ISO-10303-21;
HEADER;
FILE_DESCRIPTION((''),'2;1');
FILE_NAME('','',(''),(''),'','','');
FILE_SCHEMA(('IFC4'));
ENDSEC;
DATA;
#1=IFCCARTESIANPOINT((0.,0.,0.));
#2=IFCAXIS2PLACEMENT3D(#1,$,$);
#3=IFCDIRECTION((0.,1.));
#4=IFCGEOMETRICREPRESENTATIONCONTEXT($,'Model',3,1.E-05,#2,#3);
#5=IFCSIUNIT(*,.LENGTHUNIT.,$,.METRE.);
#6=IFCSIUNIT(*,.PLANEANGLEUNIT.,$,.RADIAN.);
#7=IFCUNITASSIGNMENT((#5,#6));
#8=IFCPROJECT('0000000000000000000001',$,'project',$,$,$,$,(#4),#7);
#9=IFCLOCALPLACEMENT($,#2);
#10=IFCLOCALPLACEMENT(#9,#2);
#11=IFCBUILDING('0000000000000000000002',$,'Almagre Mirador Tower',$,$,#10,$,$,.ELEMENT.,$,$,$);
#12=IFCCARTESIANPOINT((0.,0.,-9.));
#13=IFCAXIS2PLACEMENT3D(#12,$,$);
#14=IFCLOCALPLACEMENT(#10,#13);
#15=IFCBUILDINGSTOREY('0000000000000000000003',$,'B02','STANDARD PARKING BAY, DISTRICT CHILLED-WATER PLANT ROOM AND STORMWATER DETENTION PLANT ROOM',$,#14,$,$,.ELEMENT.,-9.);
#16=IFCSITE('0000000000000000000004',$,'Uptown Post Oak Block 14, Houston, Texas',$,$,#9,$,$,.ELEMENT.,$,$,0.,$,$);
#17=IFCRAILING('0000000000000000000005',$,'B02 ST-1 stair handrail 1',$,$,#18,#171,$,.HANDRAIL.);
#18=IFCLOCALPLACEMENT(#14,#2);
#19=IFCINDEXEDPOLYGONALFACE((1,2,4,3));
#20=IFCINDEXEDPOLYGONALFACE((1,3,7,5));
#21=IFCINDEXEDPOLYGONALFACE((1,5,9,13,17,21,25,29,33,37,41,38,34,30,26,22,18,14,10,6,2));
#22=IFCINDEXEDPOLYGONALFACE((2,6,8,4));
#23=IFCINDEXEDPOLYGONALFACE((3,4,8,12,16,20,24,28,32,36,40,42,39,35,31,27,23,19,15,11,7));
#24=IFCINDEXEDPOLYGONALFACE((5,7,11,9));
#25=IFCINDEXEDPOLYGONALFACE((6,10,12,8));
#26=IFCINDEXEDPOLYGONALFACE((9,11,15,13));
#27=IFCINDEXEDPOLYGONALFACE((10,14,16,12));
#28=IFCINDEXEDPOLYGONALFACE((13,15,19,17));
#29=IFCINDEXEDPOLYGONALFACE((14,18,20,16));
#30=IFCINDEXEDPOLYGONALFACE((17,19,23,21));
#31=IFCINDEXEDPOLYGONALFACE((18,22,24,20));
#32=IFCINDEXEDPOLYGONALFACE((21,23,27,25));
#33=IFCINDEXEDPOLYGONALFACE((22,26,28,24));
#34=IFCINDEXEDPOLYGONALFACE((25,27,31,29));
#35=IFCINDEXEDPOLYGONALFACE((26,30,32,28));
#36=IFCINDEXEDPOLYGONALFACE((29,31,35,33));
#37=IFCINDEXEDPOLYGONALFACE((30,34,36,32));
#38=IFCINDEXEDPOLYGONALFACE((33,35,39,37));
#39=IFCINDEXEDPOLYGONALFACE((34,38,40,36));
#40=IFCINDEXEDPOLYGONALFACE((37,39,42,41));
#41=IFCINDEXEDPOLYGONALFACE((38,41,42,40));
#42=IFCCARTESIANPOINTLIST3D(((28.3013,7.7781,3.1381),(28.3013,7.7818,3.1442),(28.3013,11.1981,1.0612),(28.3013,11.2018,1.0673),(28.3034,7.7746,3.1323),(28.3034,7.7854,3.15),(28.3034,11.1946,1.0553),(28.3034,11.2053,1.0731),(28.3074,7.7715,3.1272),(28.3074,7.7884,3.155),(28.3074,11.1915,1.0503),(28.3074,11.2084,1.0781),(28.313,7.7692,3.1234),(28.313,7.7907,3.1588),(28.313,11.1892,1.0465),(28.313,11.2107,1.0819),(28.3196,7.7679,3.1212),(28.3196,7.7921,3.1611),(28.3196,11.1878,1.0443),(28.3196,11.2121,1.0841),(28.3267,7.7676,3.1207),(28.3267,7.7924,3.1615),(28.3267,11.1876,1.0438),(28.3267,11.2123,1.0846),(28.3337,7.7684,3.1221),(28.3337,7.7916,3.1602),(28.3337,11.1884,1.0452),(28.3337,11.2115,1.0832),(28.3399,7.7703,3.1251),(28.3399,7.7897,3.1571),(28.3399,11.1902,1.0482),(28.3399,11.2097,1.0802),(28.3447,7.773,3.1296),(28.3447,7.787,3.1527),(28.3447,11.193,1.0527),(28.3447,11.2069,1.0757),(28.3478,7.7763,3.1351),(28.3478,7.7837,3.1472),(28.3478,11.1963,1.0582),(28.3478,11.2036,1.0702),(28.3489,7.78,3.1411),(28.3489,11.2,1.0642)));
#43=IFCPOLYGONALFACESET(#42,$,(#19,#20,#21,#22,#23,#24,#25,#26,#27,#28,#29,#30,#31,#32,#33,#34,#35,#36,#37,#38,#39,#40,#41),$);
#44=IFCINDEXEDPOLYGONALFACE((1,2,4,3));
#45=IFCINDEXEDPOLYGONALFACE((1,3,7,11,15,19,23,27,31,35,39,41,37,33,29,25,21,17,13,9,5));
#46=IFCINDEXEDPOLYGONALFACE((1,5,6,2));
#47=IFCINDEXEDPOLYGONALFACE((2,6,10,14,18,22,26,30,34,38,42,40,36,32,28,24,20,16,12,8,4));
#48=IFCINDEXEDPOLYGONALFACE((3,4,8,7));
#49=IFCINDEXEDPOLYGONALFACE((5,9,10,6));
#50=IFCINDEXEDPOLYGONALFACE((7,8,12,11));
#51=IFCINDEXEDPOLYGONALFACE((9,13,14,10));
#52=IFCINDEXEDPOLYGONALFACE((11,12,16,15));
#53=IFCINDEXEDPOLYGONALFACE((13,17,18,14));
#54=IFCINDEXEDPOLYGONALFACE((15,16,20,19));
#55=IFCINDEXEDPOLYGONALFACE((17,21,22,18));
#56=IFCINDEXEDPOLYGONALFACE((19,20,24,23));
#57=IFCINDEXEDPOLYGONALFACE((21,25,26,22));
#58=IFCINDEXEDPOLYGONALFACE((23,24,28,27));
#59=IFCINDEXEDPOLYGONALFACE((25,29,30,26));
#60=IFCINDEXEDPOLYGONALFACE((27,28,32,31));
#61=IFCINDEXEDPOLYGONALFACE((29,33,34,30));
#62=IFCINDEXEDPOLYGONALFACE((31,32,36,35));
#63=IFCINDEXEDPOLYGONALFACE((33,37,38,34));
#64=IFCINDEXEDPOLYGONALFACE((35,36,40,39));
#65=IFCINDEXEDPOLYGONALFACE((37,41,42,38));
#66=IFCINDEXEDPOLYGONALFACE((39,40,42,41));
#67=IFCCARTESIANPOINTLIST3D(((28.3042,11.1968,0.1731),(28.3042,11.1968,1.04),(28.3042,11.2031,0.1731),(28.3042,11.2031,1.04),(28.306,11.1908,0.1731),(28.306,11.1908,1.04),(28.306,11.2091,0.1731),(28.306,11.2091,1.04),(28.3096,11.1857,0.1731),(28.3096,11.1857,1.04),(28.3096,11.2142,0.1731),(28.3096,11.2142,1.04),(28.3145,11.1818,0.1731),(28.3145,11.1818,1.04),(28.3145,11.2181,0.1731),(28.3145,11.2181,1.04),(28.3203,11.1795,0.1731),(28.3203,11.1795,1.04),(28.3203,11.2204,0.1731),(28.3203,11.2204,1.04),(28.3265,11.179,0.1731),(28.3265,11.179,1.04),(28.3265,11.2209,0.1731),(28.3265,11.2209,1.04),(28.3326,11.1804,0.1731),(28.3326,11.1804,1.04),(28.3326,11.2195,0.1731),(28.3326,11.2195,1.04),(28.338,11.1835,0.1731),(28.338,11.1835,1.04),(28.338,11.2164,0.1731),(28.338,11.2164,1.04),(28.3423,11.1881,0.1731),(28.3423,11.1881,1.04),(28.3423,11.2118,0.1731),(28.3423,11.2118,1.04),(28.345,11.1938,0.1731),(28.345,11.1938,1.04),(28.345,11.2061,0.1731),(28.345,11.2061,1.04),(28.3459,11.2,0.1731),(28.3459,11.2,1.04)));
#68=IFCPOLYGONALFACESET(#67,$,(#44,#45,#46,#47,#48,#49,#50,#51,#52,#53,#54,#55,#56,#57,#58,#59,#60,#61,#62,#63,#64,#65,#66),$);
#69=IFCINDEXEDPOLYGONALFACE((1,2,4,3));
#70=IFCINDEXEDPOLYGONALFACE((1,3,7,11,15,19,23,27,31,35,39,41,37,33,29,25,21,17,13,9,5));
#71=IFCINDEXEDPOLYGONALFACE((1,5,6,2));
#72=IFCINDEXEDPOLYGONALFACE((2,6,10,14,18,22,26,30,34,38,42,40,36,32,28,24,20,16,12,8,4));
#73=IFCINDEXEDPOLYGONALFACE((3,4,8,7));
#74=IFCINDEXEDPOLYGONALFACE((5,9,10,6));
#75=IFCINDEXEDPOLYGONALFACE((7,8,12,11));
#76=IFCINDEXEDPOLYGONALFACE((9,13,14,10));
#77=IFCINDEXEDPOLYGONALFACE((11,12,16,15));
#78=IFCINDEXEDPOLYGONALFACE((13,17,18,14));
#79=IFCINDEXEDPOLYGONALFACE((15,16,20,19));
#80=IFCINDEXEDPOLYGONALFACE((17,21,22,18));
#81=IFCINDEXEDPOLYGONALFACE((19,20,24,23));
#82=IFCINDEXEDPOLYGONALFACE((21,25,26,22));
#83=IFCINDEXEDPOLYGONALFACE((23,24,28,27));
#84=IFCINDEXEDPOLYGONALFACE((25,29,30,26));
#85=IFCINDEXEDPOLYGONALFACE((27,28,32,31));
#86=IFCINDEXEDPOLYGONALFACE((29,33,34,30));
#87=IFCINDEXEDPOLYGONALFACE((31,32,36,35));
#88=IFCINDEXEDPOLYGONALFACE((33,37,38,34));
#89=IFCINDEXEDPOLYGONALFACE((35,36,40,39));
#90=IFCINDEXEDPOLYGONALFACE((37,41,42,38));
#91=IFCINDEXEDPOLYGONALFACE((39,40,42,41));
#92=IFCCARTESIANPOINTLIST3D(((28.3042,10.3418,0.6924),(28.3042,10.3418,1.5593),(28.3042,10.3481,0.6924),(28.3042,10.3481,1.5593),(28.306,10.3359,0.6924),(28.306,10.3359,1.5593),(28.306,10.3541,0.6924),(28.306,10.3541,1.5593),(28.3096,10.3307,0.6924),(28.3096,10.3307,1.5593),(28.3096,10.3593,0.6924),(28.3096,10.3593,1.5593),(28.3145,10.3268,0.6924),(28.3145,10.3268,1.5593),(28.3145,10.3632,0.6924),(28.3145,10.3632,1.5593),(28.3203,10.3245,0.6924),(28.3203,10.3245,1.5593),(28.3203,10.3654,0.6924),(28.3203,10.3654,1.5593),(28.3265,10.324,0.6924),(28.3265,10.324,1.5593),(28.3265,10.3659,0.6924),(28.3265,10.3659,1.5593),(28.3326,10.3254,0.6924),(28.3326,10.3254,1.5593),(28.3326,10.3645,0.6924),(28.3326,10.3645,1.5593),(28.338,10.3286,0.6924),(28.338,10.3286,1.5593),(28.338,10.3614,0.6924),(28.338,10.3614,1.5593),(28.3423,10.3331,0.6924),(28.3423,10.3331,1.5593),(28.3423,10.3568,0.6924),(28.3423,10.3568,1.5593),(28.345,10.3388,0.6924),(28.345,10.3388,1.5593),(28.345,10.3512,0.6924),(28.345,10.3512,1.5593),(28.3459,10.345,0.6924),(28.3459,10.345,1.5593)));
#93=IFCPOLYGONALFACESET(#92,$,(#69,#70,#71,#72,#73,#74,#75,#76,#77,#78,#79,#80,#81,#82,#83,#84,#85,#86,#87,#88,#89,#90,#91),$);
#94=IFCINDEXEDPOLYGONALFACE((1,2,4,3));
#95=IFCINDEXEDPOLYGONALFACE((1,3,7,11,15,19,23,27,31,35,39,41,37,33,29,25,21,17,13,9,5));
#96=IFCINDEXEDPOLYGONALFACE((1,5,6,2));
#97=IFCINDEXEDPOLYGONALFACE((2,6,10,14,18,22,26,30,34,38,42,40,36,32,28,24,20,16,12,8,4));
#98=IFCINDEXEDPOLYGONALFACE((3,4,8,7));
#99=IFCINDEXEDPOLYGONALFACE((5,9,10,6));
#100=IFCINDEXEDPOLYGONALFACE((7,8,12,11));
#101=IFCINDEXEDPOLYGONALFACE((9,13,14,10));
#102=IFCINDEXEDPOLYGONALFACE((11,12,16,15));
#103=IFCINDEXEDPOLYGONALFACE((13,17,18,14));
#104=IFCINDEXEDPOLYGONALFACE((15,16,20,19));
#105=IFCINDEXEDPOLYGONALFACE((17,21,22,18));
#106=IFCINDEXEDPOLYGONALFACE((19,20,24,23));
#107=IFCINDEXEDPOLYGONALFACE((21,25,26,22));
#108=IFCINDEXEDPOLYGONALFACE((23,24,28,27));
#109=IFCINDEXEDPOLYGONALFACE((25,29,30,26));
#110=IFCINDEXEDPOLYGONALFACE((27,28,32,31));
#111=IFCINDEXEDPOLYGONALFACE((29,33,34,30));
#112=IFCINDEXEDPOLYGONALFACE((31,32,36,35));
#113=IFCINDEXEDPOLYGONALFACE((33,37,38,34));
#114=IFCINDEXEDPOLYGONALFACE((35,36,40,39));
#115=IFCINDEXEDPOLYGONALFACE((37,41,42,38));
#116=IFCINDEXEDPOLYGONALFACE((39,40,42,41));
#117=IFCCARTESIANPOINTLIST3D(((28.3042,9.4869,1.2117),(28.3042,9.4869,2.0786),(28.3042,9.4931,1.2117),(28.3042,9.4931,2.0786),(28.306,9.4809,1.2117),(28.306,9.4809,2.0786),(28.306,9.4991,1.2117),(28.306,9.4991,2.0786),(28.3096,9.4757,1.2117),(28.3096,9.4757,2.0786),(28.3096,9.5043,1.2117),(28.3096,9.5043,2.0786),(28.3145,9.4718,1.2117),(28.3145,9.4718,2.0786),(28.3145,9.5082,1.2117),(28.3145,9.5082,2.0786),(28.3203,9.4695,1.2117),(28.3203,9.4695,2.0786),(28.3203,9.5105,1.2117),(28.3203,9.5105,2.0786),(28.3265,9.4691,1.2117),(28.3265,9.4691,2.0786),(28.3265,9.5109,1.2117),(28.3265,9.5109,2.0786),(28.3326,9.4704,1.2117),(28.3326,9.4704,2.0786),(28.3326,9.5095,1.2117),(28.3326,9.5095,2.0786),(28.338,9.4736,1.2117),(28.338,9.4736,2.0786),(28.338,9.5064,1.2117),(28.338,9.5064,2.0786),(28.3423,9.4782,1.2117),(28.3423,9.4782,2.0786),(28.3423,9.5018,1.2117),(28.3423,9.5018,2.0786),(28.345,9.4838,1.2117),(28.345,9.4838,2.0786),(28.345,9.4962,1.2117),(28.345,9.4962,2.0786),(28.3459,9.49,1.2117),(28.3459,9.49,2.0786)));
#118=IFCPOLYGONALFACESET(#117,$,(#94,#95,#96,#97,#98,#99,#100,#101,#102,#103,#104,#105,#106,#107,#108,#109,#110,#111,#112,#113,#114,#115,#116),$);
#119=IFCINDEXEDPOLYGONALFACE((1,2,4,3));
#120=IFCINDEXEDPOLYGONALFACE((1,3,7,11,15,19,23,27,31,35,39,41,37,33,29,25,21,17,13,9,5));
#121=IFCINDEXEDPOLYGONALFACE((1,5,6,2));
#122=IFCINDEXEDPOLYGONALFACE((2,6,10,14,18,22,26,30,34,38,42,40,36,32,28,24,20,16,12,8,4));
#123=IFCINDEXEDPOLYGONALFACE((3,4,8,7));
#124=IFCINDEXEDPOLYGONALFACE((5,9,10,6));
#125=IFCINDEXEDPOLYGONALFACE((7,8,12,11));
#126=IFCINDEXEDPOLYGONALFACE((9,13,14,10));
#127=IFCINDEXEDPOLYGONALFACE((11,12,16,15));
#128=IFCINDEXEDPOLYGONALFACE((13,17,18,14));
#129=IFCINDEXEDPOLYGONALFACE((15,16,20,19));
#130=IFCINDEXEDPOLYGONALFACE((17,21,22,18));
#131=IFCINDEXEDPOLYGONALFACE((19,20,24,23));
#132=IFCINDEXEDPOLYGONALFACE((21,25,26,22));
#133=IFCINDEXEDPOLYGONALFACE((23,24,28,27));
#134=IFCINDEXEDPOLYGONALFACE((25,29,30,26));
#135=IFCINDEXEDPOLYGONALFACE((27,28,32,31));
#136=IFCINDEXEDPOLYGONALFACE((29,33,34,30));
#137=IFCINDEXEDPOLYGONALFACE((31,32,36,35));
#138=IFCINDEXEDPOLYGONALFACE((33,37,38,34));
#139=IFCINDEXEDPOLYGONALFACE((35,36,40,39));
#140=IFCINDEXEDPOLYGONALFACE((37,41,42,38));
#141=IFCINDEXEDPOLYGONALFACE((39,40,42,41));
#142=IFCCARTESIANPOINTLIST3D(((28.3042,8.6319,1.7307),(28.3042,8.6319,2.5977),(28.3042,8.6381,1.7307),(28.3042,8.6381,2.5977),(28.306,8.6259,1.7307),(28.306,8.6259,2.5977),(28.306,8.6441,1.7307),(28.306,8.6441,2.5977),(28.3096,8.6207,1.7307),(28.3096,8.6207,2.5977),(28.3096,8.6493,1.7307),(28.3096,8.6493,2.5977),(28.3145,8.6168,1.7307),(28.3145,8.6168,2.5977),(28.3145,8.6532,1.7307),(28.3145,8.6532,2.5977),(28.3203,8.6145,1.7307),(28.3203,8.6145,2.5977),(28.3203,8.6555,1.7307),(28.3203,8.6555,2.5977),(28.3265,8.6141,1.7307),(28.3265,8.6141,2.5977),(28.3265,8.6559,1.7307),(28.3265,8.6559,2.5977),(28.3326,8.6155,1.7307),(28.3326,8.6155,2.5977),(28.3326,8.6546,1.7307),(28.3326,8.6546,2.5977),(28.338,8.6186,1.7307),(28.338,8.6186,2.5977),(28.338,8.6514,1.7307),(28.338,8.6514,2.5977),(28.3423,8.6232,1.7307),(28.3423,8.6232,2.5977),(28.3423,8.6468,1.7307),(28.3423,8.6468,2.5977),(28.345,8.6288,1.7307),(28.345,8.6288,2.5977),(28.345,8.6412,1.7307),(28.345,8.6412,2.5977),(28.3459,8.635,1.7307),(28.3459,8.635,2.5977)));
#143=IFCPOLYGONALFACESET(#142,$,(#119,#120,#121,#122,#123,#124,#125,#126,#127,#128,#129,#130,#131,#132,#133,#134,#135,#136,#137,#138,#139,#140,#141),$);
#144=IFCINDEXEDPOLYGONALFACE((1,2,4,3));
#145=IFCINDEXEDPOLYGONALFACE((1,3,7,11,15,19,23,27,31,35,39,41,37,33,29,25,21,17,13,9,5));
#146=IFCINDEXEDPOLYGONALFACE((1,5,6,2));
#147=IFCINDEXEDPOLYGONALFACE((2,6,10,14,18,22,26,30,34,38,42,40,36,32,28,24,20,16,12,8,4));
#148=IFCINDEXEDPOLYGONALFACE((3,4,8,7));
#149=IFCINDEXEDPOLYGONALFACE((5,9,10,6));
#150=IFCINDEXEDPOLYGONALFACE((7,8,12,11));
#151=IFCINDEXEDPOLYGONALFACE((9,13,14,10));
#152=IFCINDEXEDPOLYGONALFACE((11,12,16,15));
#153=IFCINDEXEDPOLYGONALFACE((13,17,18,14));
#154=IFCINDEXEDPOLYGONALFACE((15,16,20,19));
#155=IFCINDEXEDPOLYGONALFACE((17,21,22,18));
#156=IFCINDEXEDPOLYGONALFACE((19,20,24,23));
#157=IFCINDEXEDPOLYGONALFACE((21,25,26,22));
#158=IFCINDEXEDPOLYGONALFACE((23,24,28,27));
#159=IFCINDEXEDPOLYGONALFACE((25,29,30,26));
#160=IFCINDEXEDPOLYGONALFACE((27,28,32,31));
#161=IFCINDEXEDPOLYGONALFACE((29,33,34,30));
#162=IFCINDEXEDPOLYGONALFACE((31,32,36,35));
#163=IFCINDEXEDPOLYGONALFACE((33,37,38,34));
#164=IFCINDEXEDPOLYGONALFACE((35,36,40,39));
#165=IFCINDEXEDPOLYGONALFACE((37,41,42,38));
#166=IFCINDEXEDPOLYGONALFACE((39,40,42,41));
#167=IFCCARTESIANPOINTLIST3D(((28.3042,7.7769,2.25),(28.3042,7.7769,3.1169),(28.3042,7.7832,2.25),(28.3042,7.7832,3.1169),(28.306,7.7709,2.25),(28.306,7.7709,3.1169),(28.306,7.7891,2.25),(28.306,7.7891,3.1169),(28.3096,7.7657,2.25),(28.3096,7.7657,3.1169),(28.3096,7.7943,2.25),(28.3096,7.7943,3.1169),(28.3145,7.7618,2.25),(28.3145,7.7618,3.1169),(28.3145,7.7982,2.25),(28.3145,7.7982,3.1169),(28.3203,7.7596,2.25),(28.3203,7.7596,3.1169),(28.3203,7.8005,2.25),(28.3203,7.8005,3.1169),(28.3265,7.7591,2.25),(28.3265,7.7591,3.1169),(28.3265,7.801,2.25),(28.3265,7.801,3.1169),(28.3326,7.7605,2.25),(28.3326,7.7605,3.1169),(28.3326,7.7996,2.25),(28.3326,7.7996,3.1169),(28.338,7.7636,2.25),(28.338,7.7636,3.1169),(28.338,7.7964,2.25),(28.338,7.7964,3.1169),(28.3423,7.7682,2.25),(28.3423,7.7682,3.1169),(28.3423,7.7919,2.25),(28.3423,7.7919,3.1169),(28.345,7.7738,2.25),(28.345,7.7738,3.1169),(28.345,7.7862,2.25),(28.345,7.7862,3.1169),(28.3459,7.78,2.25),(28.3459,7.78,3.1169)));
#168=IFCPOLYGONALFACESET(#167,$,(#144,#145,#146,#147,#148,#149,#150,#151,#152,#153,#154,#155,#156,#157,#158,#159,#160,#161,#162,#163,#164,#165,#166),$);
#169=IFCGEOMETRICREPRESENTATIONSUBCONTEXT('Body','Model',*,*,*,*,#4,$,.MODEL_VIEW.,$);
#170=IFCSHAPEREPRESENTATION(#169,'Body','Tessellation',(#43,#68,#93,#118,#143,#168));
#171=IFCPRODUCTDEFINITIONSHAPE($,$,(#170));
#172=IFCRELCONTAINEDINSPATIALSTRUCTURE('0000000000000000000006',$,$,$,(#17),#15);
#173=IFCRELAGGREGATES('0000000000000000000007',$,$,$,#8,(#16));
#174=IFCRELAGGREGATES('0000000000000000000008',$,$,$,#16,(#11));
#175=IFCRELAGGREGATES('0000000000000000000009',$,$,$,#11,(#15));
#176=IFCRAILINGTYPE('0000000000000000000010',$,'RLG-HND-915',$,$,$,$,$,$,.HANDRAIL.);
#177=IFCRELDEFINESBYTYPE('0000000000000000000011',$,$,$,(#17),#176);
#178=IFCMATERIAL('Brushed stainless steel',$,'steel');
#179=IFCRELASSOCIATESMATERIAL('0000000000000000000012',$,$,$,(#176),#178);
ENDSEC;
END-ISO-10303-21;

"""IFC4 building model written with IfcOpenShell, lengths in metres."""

from ifc_helpers import new_model, si_unit, direction, frame, origin, origin_2d, place, context, subcontext, project, spatial, circle, extrude, material, type_object, element, save


model = new_model("IFC4")

# Units and contexts
model_context = context("Model", 3, precision=1e-05, world=origin(), true_north=direction((0.0, 1.0)))
body_context = subcontext(model_context, "Body", "Model", "MODEL_VIEW")
ifc_project = project(units=[si_unit("LENGTHUNIT", "METRE"), si_unit("PLANEANGLEUNIT", "RADIAN")], contexts=[model_context])

# Site, building, storey
site_placement = place(None, origin())
site = spatial("IfcSite", under=ifc_project, at=site_placement, Name="Uptown Post Oak Block 14, Houston, Texas", CompositionType="ELEMENT", RefElevation=0.0)
building_placement = place(site_placement, origin())
building = spatial("IfcBuilding", under=site, at=building_placement, Name="Almagre Mirador Tower", CompositionType="ELEMENT")
storey_placement = place(building_placement, frame((0.0, 0.0, -9.0)))
storey = spatial("IfcBuildingStorey", under=building, at=storey_placement, Name="B02", Description="STANDARD PARKING BAY, DISTRICT CHILLED-WATER PLANT ROOM AND STORMWATER DETENTION PLANT ROOM", CompositionType="ELEMENT", Elevation=-9.0)

# Railing
ifc_material_1 = material(Name="Brushed stainless steel", Category="steel")
railing_type_1 = type_object("IfcRailingType", Name="RLG-HND-915", PredefinedType="HANDRAIL", material=ifc_material_1)
railing_1_placement = place(storey_placement, frame((28.325, 11.2, 0.1731)))
element("IfcRailing", 1, at=railing_1_placement, inside=storey, type_object=railing_type_1, Name="B02 ST-1 stair handrail 1", PredefinedType="HANDRAIL", context=body_context, shape_type="SweptSolid", body=[
    extrude(circle(Radius=0.0239, at=origin_2d()), frame((0.0, 0.0, 0.8911), z_axis=(0.0, -0.85473, 0.519074), x_axis=(1.0, 0.0, 0.0)), (0.0, 0.0, 1.0), 4.0012),
    extrude(circle(Radius=0.021, at=origin_2d()), origin(), (0.0, 0.0, 1.0), 0.8669),
    extrude(circle(Radius=0.021, at=origin_2d()), frame((0.0, -0.855, 0.5193)), (0.0, 0.0, 1.0), 0.8669),
    extrude(circle(Radius=0.021, at=origin_2d()), frame((0.0, -1.71, 1.0386)), (0.0, 0.0, 1.0), 0.8669),
    extrude(circle(Radius=0.021, at=origin_2d()), frame((0.0, -2.5649, 1.5576)), (0.0, 0.0, 1.0), 0.8669),
    extrude(circle(Radius=0.021, at=origin_2d()), frame((0.0, -3.4199, 2.0769)), (0.0, 0.0, 1.0), 0.8669),
])

save(model, "model.ifc")
